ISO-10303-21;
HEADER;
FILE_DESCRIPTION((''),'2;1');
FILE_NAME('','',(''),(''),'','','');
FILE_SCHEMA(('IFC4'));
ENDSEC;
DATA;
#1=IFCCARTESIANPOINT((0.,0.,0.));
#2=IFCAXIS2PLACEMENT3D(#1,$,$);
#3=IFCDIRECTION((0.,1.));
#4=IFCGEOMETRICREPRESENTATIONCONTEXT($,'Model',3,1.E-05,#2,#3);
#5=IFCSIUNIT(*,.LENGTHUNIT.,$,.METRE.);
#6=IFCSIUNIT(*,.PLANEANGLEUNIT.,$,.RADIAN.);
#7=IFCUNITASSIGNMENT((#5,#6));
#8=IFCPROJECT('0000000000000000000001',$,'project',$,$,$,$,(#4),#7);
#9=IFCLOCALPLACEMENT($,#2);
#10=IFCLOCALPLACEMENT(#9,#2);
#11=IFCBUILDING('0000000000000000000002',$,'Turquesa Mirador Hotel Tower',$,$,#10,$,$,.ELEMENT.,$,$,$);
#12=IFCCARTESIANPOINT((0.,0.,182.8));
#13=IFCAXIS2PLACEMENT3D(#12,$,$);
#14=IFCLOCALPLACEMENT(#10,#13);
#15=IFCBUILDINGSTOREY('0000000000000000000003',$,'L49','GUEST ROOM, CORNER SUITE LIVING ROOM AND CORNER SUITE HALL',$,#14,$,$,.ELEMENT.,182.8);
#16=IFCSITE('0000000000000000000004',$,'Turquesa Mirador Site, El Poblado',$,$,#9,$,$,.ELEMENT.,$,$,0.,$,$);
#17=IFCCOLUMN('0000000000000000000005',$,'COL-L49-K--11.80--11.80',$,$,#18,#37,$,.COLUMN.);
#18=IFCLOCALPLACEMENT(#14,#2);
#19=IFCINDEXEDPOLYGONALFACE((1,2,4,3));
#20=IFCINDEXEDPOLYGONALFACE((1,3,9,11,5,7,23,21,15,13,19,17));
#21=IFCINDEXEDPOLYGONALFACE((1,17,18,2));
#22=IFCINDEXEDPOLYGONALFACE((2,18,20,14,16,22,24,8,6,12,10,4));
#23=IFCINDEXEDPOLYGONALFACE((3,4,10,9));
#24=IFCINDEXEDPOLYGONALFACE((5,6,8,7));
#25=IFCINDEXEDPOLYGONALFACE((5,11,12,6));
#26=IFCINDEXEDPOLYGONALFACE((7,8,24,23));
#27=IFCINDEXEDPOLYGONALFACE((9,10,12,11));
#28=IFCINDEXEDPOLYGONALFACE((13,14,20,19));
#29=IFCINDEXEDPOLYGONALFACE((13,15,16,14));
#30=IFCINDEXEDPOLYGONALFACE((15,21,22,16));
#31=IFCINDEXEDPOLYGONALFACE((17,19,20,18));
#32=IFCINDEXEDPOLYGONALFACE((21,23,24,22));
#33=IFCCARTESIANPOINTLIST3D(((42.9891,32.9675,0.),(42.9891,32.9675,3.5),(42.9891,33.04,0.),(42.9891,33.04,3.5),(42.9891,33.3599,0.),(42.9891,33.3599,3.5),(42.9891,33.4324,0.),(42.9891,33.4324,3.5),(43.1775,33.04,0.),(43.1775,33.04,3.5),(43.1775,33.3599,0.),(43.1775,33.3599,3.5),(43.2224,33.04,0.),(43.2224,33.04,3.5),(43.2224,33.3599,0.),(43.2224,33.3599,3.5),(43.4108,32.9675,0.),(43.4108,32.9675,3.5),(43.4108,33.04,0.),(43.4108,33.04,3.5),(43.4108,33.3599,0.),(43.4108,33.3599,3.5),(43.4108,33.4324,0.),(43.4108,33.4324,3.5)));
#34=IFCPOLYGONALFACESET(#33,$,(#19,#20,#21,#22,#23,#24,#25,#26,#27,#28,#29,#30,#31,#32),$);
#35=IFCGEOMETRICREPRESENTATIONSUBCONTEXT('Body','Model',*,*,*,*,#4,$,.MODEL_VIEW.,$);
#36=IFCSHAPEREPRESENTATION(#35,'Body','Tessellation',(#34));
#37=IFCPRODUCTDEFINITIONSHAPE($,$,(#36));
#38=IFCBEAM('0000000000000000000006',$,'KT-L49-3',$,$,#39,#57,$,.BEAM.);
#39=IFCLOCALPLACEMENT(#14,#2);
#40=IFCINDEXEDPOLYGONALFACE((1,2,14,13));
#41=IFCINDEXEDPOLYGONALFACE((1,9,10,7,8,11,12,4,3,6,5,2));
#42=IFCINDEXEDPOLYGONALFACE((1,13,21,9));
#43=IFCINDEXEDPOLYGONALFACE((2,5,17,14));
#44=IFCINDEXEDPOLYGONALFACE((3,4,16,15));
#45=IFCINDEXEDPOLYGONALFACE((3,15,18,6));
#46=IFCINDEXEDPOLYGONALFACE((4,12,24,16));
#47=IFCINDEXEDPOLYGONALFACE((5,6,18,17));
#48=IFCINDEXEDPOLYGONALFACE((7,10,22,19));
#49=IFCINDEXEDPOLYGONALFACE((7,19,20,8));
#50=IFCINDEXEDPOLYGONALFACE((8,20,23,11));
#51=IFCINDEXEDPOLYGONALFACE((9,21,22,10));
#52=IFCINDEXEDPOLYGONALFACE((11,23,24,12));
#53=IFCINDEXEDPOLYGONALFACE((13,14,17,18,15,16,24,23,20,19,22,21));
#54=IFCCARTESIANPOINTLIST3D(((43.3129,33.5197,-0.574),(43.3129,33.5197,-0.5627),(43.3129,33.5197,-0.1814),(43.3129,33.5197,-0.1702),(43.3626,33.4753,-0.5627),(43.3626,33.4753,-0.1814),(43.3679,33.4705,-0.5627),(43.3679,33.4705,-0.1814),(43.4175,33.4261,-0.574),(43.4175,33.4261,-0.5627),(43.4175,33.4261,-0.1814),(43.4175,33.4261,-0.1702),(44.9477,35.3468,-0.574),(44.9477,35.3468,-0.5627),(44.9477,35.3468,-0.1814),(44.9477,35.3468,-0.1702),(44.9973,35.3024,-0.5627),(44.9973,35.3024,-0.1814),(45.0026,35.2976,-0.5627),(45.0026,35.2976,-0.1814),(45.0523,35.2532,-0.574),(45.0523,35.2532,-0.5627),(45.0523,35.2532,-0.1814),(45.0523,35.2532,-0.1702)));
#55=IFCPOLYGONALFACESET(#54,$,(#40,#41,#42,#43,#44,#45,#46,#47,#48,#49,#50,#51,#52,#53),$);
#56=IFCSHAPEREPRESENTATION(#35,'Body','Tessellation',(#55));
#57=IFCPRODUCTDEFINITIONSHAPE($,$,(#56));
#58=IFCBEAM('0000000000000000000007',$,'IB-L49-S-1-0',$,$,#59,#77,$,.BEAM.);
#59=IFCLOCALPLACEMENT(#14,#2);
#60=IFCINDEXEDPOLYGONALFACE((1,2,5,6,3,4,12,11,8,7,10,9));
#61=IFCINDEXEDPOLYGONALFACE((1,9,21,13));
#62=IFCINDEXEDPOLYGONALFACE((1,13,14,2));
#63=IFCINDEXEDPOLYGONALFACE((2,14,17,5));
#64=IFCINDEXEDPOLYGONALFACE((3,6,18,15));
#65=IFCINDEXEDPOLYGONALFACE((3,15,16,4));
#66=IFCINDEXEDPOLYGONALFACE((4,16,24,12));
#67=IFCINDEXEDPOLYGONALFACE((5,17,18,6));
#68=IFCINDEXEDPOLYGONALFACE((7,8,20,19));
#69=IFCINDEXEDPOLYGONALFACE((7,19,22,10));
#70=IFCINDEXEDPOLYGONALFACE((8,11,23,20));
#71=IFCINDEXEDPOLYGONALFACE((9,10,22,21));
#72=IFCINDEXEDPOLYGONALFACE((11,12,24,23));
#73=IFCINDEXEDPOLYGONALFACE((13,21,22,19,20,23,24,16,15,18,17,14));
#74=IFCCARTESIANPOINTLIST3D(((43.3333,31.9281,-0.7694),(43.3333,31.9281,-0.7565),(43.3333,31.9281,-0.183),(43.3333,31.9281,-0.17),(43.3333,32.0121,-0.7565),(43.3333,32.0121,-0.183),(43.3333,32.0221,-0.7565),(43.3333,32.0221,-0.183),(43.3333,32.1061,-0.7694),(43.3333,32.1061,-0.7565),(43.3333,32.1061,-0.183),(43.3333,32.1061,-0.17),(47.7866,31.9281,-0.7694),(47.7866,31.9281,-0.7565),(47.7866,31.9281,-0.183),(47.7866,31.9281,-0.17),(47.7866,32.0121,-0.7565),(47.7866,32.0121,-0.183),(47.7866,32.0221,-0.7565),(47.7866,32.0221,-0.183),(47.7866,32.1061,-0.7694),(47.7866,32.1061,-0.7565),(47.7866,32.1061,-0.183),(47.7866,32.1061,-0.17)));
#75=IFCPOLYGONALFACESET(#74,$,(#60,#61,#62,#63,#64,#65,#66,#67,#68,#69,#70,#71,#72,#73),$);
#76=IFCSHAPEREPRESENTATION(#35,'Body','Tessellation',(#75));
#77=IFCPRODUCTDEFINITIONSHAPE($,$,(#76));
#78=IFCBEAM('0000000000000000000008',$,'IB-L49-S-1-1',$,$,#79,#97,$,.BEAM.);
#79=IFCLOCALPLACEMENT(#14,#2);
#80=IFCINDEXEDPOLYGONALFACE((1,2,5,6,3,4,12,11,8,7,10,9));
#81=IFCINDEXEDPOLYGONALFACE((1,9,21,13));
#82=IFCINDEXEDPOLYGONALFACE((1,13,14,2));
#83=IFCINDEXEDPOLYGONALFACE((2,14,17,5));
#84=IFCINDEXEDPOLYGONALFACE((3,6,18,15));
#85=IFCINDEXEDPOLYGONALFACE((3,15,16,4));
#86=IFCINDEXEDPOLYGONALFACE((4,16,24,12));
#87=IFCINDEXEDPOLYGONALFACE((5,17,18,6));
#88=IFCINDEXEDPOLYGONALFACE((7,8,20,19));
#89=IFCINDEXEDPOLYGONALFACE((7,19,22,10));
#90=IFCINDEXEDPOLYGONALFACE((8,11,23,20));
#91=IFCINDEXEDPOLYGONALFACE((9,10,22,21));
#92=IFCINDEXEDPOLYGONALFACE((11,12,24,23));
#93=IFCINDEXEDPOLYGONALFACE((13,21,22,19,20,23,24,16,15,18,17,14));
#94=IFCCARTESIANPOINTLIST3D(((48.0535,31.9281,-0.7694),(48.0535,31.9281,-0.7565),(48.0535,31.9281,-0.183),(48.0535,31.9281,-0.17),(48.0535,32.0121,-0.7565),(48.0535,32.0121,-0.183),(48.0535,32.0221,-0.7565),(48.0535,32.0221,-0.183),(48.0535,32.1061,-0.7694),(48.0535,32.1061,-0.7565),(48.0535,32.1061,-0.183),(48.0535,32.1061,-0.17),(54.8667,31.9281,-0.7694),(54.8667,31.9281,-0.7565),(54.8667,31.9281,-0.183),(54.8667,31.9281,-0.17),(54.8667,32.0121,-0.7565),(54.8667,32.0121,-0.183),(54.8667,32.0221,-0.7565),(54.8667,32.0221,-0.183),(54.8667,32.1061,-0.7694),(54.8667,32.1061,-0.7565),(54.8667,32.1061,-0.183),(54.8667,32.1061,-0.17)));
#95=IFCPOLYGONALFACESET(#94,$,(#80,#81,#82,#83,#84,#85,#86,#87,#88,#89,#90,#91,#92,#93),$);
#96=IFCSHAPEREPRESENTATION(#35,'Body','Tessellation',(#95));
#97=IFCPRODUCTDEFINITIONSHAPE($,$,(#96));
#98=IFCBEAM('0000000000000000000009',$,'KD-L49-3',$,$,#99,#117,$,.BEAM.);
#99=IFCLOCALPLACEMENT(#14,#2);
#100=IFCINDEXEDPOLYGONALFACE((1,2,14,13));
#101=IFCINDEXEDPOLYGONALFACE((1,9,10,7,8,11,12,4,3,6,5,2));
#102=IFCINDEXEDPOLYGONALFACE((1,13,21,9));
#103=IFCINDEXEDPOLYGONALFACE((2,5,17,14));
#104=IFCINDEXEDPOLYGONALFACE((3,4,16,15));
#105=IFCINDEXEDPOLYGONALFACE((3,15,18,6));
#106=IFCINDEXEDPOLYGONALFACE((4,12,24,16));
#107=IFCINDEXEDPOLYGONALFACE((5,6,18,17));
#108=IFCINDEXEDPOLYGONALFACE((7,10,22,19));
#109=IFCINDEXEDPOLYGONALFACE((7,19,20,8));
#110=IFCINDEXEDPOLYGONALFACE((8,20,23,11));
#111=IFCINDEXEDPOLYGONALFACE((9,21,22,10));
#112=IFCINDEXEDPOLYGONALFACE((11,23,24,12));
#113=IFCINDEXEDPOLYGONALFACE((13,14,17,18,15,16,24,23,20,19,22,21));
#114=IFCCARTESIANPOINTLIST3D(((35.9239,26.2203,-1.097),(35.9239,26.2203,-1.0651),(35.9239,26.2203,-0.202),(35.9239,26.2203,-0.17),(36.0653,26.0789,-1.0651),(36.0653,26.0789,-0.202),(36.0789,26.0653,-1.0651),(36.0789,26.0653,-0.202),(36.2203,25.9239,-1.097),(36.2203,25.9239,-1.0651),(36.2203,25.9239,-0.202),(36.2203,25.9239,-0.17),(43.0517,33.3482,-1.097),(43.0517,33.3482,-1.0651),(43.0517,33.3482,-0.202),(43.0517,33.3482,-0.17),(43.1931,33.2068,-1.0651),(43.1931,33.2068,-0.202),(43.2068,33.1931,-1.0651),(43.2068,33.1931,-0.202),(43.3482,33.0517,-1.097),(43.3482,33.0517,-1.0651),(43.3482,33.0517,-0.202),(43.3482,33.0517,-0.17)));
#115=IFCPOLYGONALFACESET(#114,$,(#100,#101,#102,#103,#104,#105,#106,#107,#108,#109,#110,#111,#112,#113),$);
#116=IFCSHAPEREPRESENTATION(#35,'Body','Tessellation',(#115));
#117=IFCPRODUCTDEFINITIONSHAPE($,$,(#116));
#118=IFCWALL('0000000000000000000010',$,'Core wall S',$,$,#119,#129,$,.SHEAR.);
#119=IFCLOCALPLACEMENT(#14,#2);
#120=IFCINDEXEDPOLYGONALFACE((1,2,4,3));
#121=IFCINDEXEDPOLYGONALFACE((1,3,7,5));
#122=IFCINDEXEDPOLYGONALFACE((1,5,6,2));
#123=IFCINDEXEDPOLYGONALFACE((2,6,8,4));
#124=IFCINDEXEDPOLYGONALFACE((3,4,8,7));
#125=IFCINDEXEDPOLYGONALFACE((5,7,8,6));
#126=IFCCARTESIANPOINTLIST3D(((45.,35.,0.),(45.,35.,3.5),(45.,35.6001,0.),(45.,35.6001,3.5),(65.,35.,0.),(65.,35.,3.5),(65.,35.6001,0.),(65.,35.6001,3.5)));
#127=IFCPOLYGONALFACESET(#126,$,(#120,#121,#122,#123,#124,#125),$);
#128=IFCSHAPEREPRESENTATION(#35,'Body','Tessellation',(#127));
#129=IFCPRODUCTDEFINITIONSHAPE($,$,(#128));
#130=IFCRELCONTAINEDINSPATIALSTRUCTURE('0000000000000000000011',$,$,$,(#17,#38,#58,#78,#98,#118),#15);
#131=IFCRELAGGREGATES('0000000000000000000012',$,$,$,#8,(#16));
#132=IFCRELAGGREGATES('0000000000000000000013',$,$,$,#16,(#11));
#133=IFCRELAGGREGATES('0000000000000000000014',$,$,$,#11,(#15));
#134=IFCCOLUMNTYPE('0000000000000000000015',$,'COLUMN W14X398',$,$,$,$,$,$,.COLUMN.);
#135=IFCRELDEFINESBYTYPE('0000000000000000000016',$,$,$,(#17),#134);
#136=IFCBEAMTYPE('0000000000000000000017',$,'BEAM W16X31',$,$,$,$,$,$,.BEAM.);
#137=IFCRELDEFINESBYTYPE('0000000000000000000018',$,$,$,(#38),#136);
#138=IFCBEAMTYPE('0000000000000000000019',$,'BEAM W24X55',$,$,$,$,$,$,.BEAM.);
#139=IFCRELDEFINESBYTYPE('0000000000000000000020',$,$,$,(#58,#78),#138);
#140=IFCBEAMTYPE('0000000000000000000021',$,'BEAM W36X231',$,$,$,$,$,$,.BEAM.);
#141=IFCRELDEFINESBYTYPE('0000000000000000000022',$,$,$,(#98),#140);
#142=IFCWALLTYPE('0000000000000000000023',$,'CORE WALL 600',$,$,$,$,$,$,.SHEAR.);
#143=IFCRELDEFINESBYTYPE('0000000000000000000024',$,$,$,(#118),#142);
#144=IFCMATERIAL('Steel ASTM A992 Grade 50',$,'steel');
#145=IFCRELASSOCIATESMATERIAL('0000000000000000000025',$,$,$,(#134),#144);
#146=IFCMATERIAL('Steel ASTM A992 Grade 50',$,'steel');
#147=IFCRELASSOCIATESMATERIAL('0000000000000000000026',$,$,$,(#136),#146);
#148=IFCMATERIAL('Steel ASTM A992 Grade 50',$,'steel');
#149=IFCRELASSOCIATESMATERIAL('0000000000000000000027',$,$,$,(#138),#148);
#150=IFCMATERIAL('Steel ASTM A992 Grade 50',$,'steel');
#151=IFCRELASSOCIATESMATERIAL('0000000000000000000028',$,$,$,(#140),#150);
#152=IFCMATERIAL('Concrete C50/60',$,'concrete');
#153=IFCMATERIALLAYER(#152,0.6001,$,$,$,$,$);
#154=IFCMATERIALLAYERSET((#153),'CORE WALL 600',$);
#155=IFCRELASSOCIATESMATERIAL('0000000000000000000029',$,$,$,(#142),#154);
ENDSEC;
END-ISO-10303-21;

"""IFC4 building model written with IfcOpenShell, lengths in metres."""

from ifc_helpers import new_model, si_unit, direction, frame, frame_2d, origin, origin_2d, place, context, subcontext, project, spatial, rectangle, i_section, extrude, material, layer, layer_set, material_profile, profile_set, type_object, element, save


model = new_model("IFC4")

# Units and contexts
model_context = context("Model", 3, precision=1e-05, world=origin(), true_north=direction((0.0, 1.0)))
body_context = subcontext(model_context, "Body", "Model", "MODEL_VIEW")
ifc_project = project(units=[si_unit("LENGTHUNIT", "METRE"), si_unit("PLANEANGLEUNIT", "RADIAN")], contexts=[model_context])

# Site, building, storey
site_placement = place(None, origin())
site = spatial("IfcSite", under=ifc_project, at=site_placement, Name="Turquesa Mirador Site, El Poblado", CompositionType="ELEMENT", RefElevation=0.0)
building_placement = place(site_placement, origin())
building = spatial("IfcBuilding", under=site, at=building_placement, Name="Turquesa Mirador Hotel Tower", CompositionType="ELEMENT")
storey_placement = place(building_placement, frame((0.0, 0.0, 182.8)))
storey = spatial("IfcBuildingStorey", under=building, at=storey_placement, Name="L49", Description="GUEST ROOM, CORNER SUITE LIVING ROOM AND CORNER SUITE HALL", CompositionType="ELEMENT", Elevation=182.8)

# Column
ifc_material_1 = material(Name="Steel ASTM A992 Grade 50", Category="steel")
ifc_material_profile_1 = material_profile(ifc_material_1, i_section(OverallWidth=0.4216, OverallDepth=0.4648, WebThickness=0.0449, FlangeThickness=0.0725, at=origin_2d()), Name="W14X398")
ifc_profile_set_1 = profile_set([ifc_material_profile_1], Name="Steel ASTM A992 Grade 50")
column_type = type_object("IfcColumnType", Name="COLUMN W14X398", PredefinedType="COLUMN", material=ifc_profile_set_1)
column_placement = place(storey_placement, frame((43.2, 33.2, 0.0), z_axis=(0.0, 0.0, 1.0), x_axis=(1.0, 0.0, 0.0)))
element("IfcColumn", 1, at=column_placement, inside=storey, type_object=column_type, Name="COL-L49-K--11.80--11.80", PredefinedType="COLUMN", context=body_context, shape_type="SweptSolid", body=[
    extrude(i_section(OverallWidth=0.4216, OverallDepth=0.4648, WebThickness=0.0449, FlangeThickness=0.0725, at=origin_2d()), origin(), (0.0, 0.0, 1.0), 3.5),
])

# Beams
ifc_material_2 = material(Name="Steel ASTM A992 Grade 50", Category="steel")
ifc_material_profile_2 = material_profile(ifc_material_2, i_section(OverallWidth=0.1404, OverallDepth=0.4038, WebThickness=0.0071, FlangeThickness=0.0112, at=origin_2d()), Name="W16X31")
ifc_profile_set_2 = profile_set([ifc_material_profile_2], Name="Steel ASTM A992 Grade 50")
beam_type_1 = type_object("IfcBeamType", Name="BEAM W16X31", PredefinedType="BEAM", material=ifc_profile_set_2)
beam_1_placement = place(storey_placement, frame((43.3652, 33.4729, -0.3721), z_axis=(0.666783, 0.745252, 0.0), x_axis=(-0.745252, 0.666783, 0.0)))
element("IfcBeam", 2, at=beam_1_placement, inside=storey, type_object=beam_type_1, Name="KT-L49-3", PredefinedType="BEAM", context=body_context, shape_type="SweptSolid", body=[
    extrude(i_section(OverallWidth=0.1404, OverallDepth=0.4038, WebThickness=0.0071, FlangeThickness=0.0112, at=origin_2d()), origin(), (0.0, 0.0, 1.0), 2.4517),
])
ifc_material_3 = material(Name="Steel ASTM A992 Grade 50", Category="steel")
ifc_material_profile_3 = material_profile(ifc_material_3, i_section(OverallWidth=0.178, OverallDepth=0.5994, WebThickness=0.01, FlangeThickness=0.0129, at=origin_2d()), Name="W24X55")
ifc_profile_set_3 = profile_set([ifc_material_profile_3], Name="Steel ASTM A992 Grade 50")
beam_type_2 = type_object("IfcBeamType", Name="BEAM W24X55", PredefinedType="BEAM", material=ifc_profile_set_3)
beam_2_placement = place(storey_placement, frame((43.3333, 32.0171, -0.4697), z_axis=(1.0, 0.0, 0.0), x_axis=(0.0, 1.0, 0.0)))
element("IfcBeam", 3, at=beam_2_placement, inside=storey, type_object=beam_type_2, Name="IB-L49-S-1-0", PredefinedType="BEAM", context=body_context, shape_type="SweptSolid", body=[
    extrude(i_section(OverallWidth=0.178, OverallDepth=0.5994, WebThickness=0.01, FlangeThickness=0.0129, at=origin_2d()), origin(), (0.0, 0.0, 1.0), 4.4534),
])
beam_3_placement = place(storey_placement, frame((48.0535, 32.0171, -0.4697), z_axis=(1.0, 0.0, 0.0), x_axis=(0.0, 1.0, 0.0)))
element("IfcBeam", 4, at=beam_3_placement, inside=storey, type_object=beam_type_2, Name="IB-L49-S-1-1", PredefinedType="BEAM", context=body_context, shape_type="SweptSolid", body=[
    extrude(i_section(OverallWidth=0.178, OverallDepth=0.5994, WebThickness=0.01, FlangeThickness=0.0129, at=origin_2d()), origin(), (0.0, 0.0, 1.0), 6.8132),
])
ifc_material_4 = material(Name="Steel ASTM A992 Grade 50", Category="steel")
ifc_material_profile_4 = material_profile(ifc_material_4, i_section(OverallWidth=0.4192, OverallDepth=0.927, WebThickness=0.0193, FlangeThickness=0.032, at=origin_2d()), Name="W36X231")
ifc_profile_set_4 = profile_set([ifc_material_profile_4], Name="Steel ASTM A992 Grade 50")
beam_type_3 = type_object("IfcBeamType", Name="BEAM W36X231", PredefinedType="BEAM", material=ifc_profile_set_4)
beam_4_placement = place(storey_placement, frame((43.2, 33.2, -0.6335), z_axis=(-0.707107, -0.707107, 0.0), x_axis=(0.707107, -0.707107, 0.0)))
element("IfcBeam", 5, at=beam_4_placement, inside=storey, type_object=beam_type_3, Name="KD-L49-3", PredefinedType="BEAM", context=body_context, shape_type="SweptSolid", body=[
    extrude(i_section(OverallWidth=0.4192, OverallDepth=0.927, WebThickness=0.0193, FlangeThickness=0.032, at=origin_2d()), origin(), (0.0, 0.0, 1.0), 10.0803),
])

# Wall
ifc_material_5 = material(Name="Concrete C50/60", Category="concrete")
ifc_layer_1 = layer(ifc_material_5, 0.6001)
ifc_layer_set_1 = layer_set([ifc_layer_1], Name="CORE WALL 600")
wall_type_1 = type_object("IfcWallType", Name="CORE WALL 600", PredefinedType="SHEAR", material=ifc_layer_set_1)
wall_1_placement = place(storey_placement, frame((45.0, 35.3, 0.0), z_axis=(0.0, 0.0, 1.0), x_axis=(1.0, 0.0, 0.0)))
element("IfcWall", 6, at=wall_1_placement, inside=storey, type_object=wall_type_1, Name="Core wall S", PredefinedType="SHEAR", context=body_context, shape_type="SweptSolid", body=[
    extrude(rectangle(XDim=20.0, YDim=0.6001, at=frame_2d((10.0, 0.0))), origin(), (0.0, 0.0, 1.0), 3.5),
])

save(model, "model.ifc")
